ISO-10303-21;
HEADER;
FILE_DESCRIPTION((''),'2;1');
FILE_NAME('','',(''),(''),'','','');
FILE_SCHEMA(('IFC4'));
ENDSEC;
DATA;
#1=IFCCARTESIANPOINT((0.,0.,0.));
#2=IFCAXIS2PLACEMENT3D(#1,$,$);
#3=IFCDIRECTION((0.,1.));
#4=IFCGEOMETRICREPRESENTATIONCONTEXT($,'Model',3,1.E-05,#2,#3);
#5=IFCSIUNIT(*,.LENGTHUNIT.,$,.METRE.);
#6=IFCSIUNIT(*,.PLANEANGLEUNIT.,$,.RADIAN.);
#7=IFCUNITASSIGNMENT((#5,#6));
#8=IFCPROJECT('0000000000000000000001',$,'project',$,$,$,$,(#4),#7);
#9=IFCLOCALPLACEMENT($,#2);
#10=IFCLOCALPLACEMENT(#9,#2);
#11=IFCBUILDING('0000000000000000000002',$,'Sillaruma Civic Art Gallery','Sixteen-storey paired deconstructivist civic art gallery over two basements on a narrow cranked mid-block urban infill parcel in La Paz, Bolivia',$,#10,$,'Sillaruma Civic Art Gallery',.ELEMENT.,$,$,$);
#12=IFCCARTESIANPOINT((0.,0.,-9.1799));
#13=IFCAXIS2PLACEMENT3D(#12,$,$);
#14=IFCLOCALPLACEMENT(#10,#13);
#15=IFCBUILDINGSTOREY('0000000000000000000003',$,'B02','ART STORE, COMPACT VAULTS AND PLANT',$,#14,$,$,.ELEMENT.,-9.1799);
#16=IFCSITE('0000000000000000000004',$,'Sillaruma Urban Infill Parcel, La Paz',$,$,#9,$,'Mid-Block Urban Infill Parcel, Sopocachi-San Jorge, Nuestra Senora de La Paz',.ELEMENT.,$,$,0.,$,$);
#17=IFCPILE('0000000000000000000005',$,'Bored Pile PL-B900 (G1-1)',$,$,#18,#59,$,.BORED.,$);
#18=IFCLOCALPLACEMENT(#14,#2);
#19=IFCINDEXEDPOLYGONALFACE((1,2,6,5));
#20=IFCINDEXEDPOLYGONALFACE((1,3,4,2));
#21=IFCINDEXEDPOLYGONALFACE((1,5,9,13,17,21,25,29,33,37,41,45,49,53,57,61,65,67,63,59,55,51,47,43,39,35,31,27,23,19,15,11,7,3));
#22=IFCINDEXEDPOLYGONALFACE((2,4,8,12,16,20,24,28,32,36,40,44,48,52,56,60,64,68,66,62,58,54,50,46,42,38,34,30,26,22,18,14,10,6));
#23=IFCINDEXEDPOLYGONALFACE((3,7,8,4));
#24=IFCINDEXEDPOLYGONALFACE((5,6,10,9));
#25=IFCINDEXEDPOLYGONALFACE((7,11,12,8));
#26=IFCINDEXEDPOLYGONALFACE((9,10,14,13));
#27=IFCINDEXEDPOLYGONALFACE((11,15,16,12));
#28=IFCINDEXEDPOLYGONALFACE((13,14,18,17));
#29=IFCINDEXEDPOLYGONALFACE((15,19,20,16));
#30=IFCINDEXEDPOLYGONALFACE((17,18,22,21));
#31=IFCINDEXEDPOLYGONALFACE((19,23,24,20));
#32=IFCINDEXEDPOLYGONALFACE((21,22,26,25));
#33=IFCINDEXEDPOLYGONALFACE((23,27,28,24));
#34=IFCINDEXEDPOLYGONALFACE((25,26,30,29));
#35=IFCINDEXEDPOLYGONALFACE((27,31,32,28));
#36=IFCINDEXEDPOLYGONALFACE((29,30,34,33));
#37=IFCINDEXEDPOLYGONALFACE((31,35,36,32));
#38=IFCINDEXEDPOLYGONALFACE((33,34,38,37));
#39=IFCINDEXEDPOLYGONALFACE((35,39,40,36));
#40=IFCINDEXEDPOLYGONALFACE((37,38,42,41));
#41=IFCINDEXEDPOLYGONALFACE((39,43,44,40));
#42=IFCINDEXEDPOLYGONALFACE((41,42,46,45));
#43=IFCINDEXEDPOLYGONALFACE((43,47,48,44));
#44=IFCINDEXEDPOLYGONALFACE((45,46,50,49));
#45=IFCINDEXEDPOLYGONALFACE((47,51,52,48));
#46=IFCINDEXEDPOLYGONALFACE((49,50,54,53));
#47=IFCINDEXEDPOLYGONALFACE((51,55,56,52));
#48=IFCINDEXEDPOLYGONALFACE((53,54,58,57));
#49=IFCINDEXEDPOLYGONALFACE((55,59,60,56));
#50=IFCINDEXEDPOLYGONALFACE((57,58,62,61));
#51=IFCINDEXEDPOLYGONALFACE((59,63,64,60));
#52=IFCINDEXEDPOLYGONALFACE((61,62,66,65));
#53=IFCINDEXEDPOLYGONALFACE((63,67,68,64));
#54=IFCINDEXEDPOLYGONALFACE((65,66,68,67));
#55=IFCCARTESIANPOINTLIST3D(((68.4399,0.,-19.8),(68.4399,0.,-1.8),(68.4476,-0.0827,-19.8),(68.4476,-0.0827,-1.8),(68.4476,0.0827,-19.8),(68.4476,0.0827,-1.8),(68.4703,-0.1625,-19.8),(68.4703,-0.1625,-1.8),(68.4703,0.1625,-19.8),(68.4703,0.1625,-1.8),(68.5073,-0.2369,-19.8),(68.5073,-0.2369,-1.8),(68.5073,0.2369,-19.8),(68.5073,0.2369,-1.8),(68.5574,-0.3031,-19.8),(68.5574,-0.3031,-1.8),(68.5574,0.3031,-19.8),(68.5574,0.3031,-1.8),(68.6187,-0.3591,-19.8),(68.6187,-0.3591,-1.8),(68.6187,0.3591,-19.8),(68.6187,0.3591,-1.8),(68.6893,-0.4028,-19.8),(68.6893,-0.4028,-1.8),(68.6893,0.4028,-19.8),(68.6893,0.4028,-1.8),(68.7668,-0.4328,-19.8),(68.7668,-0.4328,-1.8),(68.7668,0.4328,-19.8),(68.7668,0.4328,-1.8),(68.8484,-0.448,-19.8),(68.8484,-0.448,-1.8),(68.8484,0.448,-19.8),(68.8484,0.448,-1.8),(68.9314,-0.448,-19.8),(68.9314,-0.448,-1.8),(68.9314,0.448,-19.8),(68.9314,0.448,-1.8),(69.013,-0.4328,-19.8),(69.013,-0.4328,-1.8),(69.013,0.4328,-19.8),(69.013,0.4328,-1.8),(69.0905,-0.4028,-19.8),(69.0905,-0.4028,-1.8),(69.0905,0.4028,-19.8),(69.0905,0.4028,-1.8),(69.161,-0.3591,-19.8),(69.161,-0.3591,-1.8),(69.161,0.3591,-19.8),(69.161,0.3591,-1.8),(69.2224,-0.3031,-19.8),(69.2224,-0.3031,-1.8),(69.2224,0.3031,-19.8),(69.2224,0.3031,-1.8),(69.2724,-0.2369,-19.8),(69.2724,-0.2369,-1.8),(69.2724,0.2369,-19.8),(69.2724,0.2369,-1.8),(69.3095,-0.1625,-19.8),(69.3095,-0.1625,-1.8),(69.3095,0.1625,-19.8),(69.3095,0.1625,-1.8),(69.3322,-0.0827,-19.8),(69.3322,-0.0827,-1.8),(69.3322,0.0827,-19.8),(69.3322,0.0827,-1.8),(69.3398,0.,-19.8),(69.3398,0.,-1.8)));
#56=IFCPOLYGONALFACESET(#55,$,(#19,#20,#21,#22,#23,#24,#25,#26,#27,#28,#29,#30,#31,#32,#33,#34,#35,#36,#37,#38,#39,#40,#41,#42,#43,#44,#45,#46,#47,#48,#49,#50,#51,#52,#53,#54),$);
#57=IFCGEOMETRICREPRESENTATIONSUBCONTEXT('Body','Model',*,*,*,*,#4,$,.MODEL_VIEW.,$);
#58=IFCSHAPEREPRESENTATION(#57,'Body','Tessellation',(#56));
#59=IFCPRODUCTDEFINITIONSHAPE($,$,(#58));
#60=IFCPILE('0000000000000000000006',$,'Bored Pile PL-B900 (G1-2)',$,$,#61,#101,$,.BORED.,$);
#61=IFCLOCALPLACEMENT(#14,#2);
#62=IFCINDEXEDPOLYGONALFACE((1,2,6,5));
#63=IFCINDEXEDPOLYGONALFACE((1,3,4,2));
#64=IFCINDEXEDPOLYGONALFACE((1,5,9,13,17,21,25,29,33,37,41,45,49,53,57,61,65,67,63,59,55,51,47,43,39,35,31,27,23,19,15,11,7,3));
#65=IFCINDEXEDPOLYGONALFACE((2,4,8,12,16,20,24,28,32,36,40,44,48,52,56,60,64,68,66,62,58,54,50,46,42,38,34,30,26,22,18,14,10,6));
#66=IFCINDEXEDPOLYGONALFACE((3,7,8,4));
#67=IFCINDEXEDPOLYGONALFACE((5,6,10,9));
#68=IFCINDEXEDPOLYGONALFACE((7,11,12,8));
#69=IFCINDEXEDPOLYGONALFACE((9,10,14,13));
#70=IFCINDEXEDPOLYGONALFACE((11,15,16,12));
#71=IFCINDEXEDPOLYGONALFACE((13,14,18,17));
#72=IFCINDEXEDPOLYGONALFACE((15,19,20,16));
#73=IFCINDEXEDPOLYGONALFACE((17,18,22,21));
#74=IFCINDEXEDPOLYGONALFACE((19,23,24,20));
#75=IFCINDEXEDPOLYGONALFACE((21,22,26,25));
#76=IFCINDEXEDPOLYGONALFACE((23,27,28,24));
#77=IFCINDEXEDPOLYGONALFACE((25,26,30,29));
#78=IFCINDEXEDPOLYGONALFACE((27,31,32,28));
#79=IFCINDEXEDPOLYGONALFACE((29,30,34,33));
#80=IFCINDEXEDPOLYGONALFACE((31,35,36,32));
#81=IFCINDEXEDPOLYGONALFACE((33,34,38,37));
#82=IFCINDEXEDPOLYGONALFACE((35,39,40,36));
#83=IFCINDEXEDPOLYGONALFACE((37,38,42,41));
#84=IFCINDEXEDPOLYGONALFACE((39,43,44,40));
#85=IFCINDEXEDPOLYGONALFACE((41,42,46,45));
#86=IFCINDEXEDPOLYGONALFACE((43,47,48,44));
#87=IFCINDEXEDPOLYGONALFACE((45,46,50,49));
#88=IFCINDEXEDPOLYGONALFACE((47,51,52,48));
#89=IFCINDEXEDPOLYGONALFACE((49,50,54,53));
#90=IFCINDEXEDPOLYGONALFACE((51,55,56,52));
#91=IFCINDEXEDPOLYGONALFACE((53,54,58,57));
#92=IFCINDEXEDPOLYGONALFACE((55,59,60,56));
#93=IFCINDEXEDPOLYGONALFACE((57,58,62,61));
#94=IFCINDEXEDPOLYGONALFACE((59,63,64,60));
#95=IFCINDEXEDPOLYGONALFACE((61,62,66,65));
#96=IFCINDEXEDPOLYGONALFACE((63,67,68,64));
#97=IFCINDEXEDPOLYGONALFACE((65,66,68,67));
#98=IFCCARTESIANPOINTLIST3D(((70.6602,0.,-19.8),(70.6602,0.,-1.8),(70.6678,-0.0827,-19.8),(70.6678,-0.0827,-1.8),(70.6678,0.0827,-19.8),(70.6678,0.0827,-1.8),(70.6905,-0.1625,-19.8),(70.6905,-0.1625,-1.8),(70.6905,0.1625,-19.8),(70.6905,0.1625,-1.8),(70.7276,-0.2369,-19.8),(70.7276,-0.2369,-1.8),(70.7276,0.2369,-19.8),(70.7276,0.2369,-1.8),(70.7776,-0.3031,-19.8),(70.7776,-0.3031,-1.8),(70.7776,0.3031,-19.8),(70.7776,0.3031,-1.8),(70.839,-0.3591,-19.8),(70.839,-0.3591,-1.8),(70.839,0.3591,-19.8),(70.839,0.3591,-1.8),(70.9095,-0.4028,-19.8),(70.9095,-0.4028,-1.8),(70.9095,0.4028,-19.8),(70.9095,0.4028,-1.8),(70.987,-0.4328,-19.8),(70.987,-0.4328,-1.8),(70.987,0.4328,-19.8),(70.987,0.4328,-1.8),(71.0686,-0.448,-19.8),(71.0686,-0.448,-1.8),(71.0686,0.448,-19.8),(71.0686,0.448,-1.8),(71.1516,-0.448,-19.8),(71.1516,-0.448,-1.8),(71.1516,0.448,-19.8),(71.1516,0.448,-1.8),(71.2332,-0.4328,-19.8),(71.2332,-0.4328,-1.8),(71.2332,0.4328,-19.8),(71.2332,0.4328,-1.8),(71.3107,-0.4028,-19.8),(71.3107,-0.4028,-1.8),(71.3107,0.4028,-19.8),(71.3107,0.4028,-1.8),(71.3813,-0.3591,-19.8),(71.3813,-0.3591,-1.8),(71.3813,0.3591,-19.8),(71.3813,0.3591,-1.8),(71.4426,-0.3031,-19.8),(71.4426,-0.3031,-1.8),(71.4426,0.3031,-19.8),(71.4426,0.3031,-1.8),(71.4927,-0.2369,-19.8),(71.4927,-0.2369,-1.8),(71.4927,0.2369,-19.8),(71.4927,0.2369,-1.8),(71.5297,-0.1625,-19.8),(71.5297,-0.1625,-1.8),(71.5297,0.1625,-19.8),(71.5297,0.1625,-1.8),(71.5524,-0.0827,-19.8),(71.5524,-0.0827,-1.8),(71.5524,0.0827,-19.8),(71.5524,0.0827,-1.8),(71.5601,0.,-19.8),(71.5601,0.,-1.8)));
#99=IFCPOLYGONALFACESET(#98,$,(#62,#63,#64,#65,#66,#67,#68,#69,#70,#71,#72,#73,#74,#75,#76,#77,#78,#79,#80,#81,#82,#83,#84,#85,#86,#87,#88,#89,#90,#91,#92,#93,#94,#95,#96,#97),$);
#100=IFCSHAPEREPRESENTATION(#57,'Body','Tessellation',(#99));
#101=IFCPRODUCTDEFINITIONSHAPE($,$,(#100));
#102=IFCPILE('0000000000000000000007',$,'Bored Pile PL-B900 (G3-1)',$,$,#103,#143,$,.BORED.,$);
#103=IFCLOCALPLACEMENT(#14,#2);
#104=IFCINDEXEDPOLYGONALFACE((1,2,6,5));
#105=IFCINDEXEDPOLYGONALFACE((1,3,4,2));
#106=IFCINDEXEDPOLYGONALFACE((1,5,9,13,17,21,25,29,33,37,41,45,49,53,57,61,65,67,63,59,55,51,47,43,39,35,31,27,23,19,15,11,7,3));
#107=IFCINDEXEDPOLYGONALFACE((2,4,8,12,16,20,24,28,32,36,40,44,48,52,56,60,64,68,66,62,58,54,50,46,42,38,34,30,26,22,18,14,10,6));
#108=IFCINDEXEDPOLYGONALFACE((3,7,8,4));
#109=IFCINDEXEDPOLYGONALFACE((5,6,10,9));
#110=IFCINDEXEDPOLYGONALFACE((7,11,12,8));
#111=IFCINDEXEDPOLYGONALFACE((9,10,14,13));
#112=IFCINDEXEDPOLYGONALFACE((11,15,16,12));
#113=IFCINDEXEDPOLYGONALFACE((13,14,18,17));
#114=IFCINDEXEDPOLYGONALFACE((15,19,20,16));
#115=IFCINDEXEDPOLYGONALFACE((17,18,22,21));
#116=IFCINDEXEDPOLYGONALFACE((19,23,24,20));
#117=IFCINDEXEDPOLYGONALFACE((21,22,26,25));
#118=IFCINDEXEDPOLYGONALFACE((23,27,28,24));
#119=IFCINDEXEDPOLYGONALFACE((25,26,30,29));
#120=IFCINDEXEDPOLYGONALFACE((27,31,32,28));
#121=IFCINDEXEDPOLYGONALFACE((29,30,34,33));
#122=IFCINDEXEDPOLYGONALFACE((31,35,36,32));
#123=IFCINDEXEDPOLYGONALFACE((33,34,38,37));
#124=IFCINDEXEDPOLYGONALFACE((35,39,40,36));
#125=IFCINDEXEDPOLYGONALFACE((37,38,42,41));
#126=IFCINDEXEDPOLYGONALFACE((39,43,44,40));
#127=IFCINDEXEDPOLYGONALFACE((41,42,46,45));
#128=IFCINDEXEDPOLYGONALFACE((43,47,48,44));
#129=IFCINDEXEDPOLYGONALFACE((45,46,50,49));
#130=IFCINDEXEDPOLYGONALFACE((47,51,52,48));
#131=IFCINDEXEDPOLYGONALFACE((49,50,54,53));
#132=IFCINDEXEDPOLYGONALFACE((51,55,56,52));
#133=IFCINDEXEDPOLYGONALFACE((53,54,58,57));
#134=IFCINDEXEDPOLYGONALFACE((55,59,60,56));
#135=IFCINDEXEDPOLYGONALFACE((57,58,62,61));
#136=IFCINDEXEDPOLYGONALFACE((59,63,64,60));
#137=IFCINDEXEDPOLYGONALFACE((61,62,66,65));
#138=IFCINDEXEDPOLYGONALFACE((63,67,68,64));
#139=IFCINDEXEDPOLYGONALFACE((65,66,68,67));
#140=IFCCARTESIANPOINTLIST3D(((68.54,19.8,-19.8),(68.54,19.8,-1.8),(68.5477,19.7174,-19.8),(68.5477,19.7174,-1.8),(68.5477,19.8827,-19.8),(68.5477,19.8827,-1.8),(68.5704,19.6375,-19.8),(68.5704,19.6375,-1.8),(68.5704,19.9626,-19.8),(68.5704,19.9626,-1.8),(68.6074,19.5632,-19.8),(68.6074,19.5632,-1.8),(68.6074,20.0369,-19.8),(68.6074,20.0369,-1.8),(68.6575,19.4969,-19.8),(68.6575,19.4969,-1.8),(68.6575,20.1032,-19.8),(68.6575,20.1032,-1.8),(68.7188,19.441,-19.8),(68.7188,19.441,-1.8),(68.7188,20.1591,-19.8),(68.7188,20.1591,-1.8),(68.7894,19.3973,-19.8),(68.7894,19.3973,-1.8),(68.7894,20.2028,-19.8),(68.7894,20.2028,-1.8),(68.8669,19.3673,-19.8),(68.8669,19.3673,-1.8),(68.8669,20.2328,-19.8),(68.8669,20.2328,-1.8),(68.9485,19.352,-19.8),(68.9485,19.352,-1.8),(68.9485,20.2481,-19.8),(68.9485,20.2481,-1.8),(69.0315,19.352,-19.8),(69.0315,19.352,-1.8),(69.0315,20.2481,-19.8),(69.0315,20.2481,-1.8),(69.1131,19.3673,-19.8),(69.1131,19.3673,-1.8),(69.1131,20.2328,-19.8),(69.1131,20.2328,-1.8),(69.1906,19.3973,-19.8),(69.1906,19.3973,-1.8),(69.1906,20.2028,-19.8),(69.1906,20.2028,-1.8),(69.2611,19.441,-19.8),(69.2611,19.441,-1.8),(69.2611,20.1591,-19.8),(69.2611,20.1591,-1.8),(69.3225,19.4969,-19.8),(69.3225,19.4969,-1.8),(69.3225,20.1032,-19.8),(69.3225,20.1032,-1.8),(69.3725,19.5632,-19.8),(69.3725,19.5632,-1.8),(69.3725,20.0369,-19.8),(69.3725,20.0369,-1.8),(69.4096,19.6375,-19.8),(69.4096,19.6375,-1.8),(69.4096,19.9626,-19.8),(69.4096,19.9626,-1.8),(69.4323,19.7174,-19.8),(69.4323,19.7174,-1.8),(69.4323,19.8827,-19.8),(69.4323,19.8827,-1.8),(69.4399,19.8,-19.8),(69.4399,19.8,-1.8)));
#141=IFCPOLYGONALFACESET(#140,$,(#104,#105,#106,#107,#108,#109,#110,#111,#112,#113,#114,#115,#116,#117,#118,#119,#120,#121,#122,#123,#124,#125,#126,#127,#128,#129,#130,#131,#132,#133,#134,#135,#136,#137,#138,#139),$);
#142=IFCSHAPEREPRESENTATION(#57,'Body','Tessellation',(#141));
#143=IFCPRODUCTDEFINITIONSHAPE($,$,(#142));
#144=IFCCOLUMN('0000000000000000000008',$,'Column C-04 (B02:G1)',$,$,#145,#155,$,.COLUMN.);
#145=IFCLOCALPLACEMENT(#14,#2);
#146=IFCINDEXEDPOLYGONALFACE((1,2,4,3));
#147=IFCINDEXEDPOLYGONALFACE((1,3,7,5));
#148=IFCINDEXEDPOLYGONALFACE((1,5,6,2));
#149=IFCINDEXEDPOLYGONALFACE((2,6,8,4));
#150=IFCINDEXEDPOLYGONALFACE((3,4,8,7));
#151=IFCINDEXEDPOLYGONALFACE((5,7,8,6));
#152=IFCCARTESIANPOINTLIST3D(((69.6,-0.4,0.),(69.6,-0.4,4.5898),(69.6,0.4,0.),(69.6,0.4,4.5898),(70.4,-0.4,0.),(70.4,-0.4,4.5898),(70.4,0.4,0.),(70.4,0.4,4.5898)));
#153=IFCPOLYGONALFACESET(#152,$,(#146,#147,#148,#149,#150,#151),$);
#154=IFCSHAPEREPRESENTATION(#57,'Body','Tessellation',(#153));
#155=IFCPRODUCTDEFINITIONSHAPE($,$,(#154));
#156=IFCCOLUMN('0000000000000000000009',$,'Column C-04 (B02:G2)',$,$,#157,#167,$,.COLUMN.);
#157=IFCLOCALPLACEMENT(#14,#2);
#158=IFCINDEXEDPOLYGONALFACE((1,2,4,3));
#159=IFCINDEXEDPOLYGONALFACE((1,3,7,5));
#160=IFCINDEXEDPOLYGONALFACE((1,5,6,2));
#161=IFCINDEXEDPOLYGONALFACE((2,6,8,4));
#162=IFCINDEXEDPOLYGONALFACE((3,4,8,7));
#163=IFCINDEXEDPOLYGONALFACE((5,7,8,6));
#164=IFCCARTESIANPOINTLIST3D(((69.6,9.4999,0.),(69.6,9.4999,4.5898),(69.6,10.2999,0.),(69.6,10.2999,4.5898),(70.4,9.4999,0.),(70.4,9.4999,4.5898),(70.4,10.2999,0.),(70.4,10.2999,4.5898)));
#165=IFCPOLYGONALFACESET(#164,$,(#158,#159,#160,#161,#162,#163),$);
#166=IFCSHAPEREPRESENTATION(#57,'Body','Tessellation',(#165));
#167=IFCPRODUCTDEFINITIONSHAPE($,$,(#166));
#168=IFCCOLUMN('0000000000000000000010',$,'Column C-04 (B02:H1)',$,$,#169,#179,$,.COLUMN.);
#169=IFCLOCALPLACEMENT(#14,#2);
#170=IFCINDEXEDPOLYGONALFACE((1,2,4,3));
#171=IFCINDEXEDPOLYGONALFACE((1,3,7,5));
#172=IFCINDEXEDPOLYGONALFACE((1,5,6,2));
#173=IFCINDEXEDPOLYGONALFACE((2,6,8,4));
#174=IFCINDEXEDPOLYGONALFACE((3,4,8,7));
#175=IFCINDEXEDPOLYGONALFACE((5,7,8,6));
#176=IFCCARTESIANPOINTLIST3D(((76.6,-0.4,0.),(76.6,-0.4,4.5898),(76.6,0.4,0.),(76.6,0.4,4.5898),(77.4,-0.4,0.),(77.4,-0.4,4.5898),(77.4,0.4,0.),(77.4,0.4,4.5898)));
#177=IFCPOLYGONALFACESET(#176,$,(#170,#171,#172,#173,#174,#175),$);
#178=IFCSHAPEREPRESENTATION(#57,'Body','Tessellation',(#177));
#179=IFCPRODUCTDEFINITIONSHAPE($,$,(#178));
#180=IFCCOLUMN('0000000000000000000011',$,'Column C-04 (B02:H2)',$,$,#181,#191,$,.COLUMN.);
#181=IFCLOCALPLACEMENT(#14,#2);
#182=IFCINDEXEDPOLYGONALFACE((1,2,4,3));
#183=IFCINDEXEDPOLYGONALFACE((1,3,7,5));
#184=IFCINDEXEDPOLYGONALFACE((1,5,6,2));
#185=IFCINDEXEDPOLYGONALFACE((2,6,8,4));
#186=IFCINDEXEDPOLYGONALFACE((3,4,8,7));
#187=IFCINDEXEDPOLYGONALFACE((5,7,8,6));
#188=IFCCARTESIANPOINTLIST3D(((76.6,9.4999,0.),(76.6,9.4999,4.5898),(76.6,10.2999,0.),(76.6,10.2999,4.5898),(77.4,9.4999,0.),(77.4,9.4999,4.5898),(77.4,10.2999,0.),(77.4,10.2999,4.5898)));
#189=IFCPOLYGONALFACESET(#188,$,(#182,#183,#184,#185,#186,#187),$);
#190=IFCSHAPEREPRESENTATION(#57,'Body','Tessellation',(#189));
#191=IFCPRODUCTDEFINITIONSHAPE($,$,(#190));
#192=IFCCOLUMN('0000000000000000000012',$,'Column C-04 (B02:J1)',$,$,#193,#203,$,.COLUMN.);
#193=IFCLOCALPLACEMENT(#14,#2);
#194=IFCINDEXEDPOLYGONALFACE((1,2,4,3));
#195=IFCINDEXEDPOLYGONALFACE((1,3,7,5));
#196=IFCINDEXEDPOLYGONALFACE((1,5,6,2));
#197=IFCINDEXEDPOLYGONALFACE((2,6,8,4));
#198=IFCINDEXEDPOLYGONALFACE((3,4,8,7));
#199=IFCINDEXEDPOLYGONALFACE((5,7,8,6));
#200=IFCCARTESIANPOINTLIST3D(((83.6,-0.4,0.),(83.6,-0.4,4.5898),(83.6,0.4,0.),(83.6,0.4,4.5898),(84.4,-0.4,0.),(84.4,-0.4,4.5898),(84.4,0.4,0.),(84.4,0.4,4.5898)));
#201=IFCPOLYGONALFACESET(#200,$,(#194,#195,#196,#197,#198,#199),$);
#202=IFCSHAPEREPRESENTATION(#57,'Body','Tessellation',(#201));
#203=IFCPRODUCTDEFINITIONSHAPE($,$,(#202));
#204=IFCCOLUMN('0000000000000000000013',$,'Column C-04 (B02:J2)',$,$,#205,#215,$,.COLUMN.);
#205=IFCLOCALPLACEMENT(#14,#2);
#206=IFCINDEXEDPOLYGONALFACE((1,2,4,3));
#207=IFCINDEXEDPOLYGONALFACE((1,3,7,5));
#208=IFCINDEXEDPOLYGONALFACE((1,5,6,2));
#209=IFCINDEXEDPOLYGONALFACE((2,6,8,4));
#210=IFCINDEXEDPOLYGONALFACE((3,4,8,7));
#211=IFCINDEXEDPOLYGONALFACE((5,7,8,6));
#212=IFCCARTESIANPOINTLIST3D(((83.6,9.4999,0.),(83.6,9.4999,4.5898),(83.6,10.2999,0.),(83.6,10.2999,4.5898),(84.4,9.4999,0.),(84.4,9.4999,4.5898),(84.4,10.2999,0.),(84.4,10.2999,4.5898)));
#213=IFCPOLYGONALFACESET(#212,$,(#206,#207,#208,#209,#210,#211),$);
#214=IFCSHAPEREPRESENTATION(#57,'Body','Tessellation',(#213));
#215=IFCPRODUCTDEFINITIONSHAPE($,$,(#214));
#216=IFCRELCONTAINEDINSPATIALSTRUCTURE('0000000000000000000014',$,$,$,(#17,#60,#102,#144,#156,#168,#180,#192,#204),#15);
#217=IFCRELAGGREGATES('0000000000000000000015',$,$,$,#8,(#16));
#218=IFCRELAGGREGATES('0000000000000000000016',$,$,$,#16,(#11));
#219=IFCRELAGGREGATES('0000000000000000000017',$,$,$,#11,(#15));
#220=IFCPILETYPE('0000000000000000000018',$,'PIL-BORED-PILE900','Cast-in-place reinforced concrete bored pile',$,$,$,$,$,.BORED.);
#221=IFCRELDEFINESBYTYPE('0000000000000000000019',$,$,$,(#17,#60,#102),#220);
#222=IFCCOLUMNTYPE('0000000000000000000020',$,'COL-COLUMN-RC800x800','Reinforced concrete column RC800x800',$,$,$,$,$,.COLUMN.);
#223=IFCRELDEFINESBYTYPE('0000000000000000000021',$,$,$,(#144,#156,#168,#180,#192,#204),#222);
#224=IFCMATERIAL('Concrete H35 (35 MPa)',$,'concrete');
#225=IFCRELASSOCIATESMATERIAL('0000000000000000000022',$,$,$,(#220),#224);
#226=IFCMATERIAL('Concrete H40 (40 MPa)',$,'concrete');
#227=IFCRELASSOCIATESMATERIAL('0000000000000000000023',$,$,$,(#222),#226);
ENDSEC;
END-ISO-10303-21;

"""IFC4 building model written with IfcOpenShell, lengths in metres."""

from ifc_helpers import new_model, si_unit, direction, frame, origin, origin_2d, place, context, subcontext, project, spatial, rectangle, circle, extrude, material, material_profile, profile_set, type_object, element, save


model = new_model("IFC4")

# Units and contexts
model_context = context("Model", 3, precision=1e-05, world=origin(), true_north=direction((0.0, 1.0)))
body_context = subcontext(model_context, "Body", "Model", "MODEL_VIEW")
ifc_project = project(units=[si_unit("LENGTHUNIT", "METRE"), si_unit("PLANEANGLEUNIT", "RADIAN")], contexts=[model_context])

# Site, building, storey
site_placement = place(None, origin())
site = spatial("IfcSite", under=ifc_project, at=site_placement, Name="Sillaruma Urban Infill Parcel, La Paz", LongName="Mid-Block Urban Infill Parcel, Sopocachi-San Jorge, Nuestra Senora de La Paz", CompositionType="ELEMENT", RefElevation=0.0)
building_placement = place(site_placement, origin())
building = spatial("IfcBuilding", under=site, at=building_placement, Name="Sillaruma Civic Art Gallery", Description="Sixteen-storey paired deconstructivist civic art gallery over two basements on a narrow cranked mid-block urban infill parcel in La Paz, Bolivia", LongName="Sillaruma Civic Art Gallery", CompositionType="ELEMENT")
storey_placement = place(building_placement, frame((0.0, 0.0, -9.1799)))
storey = spatial("IfcBuildingStorey", under=building, at=storey_placement, Name="B02", Description="ART STORE, COMPACT VAULTS AND PLANT", CompositionType="ELEMENT", Elevation=-9.1799)

# Shared definitions
ifc_material_1 = material(Name="Concrete H35 (35 MPa)", Category="concrete")

# Piles
ifc_material_profile_1 = material_profile(ifc_material_1, circle(Radius=0.45, at=origin_2d()), Name="PILE900")
ifc_profile_set_1 = profile_set([ifc_material_profile_1], Name="Concrete H35 (35 MPa)")
pile_type_1 = type_object("IfcPileType", Name="PIL-BORED-PILE900", Description="Cast-in-place reinforced concrete bored pile", PredefinedType="BORED", material=ifc_profile_set_1)
for number, where, z_axis, x_axis, name in (
    (1, (68.8899, 0.0, -1.8), (0.0, 0.0, -1.0), (1.0, 0.0, 0.0), "Bored Pile PL-B900 (G1-1)"),
    (2, (71.1101, 0.0, -1.8), (0.0, 0.0, -1.0), (1.0, 0.0, 0.0), "Bored Pile PL-B900 (G1-2)"),
    (3, (68.99, 19.8, -1.8), (0.0, 0.0, -1.0), (1.0, 0.0, 0.0), "Bored Pile PL-B900 (G3-1)"),
):
    element("IfcPile", number, at=place(storey_placement, frame(where, z_axis=z_axis, x_axis=x_axis)), inside=storey, type_object=pile_type_1, Name=name, PredefinedType="BORED", context=body_context, shape_type="SweptSolid", body=[
        extrude(circle(Radius=0.45, at=origin_2d()), origin(), (0.0, 0.0, 1.0), 18.0),
    ])

# Columns
ifc_material_2 = material(Name="Concrete H40 (40 MPa)", Category="concrete")
ifc_material_profile_2 = material_profile(ifc_material_2, rectangle(XDim=0.8, YDim=0.8, at=origin_2d()), Name="RC800x800")
ifc_profile_set_2 = profile_set([ifc_material_profile_2], Name="Concrete H40 (40 MPa)")
column_type = type_object("IfcColumnType", Name="COL-COLUMN-RC800x800", Description="Reinforced concrete column RC800x800", PredefinedType="COLUMN", material=ifc_profile_set_2)
for number, where, z_axis, x_axis, name in (
    (4, (70.0, 0.0, 0.0), (0.0, 0.0, 1.0), (1.0, 0.0, 0.0), "Column C-04 (B02:G1)"),
    (5, (70.0, 9.8999, 0.0), (0.0, 0.0, 1.0), (1.0, 0.0, 0.0), "Column C-04 (B02:G2)"),
    (6, (77.0, 0.0, 0.0), (0.0, 0.0, 1.0), (1.0, 0.0, 0.0), "Column C-04 (B02:H1)"),
    (7, (77.0, 9.8999, 0.0), (0.0, 0.0, 1.0), (1.0, 0.0, 0.0), "Column C-04 (B02:H2)"),
    (8, (84.0, 0.0, 0.0), (0.0, 0.0, 1.0), (1.0, 0.0, 0.0), "Column C-04 (B02:J1)"),
    (9, (84.0, 9.8999, 0.0), (0.0, 0.0, 1.0), (1.0, 0.0, 0.0), "Column C-04 (B02:J2)"),
):
    element("IfcColumn", number, at=place(storey_placement, frame(where, z_axis=z_axis, x_axis=x_axis)), inside=storey, type_object=column_type, Name=name, PredefinedType="COLUMN", context=body_context, shape_type="SweptSolid", body=[
        extrude(rectangle(XDim=0.8, YDim=0.8, at=origin_2d()), origin(), (0.0, 0.0, 1.0), 4.5898),
    ])

save(model, "model.ifc")
